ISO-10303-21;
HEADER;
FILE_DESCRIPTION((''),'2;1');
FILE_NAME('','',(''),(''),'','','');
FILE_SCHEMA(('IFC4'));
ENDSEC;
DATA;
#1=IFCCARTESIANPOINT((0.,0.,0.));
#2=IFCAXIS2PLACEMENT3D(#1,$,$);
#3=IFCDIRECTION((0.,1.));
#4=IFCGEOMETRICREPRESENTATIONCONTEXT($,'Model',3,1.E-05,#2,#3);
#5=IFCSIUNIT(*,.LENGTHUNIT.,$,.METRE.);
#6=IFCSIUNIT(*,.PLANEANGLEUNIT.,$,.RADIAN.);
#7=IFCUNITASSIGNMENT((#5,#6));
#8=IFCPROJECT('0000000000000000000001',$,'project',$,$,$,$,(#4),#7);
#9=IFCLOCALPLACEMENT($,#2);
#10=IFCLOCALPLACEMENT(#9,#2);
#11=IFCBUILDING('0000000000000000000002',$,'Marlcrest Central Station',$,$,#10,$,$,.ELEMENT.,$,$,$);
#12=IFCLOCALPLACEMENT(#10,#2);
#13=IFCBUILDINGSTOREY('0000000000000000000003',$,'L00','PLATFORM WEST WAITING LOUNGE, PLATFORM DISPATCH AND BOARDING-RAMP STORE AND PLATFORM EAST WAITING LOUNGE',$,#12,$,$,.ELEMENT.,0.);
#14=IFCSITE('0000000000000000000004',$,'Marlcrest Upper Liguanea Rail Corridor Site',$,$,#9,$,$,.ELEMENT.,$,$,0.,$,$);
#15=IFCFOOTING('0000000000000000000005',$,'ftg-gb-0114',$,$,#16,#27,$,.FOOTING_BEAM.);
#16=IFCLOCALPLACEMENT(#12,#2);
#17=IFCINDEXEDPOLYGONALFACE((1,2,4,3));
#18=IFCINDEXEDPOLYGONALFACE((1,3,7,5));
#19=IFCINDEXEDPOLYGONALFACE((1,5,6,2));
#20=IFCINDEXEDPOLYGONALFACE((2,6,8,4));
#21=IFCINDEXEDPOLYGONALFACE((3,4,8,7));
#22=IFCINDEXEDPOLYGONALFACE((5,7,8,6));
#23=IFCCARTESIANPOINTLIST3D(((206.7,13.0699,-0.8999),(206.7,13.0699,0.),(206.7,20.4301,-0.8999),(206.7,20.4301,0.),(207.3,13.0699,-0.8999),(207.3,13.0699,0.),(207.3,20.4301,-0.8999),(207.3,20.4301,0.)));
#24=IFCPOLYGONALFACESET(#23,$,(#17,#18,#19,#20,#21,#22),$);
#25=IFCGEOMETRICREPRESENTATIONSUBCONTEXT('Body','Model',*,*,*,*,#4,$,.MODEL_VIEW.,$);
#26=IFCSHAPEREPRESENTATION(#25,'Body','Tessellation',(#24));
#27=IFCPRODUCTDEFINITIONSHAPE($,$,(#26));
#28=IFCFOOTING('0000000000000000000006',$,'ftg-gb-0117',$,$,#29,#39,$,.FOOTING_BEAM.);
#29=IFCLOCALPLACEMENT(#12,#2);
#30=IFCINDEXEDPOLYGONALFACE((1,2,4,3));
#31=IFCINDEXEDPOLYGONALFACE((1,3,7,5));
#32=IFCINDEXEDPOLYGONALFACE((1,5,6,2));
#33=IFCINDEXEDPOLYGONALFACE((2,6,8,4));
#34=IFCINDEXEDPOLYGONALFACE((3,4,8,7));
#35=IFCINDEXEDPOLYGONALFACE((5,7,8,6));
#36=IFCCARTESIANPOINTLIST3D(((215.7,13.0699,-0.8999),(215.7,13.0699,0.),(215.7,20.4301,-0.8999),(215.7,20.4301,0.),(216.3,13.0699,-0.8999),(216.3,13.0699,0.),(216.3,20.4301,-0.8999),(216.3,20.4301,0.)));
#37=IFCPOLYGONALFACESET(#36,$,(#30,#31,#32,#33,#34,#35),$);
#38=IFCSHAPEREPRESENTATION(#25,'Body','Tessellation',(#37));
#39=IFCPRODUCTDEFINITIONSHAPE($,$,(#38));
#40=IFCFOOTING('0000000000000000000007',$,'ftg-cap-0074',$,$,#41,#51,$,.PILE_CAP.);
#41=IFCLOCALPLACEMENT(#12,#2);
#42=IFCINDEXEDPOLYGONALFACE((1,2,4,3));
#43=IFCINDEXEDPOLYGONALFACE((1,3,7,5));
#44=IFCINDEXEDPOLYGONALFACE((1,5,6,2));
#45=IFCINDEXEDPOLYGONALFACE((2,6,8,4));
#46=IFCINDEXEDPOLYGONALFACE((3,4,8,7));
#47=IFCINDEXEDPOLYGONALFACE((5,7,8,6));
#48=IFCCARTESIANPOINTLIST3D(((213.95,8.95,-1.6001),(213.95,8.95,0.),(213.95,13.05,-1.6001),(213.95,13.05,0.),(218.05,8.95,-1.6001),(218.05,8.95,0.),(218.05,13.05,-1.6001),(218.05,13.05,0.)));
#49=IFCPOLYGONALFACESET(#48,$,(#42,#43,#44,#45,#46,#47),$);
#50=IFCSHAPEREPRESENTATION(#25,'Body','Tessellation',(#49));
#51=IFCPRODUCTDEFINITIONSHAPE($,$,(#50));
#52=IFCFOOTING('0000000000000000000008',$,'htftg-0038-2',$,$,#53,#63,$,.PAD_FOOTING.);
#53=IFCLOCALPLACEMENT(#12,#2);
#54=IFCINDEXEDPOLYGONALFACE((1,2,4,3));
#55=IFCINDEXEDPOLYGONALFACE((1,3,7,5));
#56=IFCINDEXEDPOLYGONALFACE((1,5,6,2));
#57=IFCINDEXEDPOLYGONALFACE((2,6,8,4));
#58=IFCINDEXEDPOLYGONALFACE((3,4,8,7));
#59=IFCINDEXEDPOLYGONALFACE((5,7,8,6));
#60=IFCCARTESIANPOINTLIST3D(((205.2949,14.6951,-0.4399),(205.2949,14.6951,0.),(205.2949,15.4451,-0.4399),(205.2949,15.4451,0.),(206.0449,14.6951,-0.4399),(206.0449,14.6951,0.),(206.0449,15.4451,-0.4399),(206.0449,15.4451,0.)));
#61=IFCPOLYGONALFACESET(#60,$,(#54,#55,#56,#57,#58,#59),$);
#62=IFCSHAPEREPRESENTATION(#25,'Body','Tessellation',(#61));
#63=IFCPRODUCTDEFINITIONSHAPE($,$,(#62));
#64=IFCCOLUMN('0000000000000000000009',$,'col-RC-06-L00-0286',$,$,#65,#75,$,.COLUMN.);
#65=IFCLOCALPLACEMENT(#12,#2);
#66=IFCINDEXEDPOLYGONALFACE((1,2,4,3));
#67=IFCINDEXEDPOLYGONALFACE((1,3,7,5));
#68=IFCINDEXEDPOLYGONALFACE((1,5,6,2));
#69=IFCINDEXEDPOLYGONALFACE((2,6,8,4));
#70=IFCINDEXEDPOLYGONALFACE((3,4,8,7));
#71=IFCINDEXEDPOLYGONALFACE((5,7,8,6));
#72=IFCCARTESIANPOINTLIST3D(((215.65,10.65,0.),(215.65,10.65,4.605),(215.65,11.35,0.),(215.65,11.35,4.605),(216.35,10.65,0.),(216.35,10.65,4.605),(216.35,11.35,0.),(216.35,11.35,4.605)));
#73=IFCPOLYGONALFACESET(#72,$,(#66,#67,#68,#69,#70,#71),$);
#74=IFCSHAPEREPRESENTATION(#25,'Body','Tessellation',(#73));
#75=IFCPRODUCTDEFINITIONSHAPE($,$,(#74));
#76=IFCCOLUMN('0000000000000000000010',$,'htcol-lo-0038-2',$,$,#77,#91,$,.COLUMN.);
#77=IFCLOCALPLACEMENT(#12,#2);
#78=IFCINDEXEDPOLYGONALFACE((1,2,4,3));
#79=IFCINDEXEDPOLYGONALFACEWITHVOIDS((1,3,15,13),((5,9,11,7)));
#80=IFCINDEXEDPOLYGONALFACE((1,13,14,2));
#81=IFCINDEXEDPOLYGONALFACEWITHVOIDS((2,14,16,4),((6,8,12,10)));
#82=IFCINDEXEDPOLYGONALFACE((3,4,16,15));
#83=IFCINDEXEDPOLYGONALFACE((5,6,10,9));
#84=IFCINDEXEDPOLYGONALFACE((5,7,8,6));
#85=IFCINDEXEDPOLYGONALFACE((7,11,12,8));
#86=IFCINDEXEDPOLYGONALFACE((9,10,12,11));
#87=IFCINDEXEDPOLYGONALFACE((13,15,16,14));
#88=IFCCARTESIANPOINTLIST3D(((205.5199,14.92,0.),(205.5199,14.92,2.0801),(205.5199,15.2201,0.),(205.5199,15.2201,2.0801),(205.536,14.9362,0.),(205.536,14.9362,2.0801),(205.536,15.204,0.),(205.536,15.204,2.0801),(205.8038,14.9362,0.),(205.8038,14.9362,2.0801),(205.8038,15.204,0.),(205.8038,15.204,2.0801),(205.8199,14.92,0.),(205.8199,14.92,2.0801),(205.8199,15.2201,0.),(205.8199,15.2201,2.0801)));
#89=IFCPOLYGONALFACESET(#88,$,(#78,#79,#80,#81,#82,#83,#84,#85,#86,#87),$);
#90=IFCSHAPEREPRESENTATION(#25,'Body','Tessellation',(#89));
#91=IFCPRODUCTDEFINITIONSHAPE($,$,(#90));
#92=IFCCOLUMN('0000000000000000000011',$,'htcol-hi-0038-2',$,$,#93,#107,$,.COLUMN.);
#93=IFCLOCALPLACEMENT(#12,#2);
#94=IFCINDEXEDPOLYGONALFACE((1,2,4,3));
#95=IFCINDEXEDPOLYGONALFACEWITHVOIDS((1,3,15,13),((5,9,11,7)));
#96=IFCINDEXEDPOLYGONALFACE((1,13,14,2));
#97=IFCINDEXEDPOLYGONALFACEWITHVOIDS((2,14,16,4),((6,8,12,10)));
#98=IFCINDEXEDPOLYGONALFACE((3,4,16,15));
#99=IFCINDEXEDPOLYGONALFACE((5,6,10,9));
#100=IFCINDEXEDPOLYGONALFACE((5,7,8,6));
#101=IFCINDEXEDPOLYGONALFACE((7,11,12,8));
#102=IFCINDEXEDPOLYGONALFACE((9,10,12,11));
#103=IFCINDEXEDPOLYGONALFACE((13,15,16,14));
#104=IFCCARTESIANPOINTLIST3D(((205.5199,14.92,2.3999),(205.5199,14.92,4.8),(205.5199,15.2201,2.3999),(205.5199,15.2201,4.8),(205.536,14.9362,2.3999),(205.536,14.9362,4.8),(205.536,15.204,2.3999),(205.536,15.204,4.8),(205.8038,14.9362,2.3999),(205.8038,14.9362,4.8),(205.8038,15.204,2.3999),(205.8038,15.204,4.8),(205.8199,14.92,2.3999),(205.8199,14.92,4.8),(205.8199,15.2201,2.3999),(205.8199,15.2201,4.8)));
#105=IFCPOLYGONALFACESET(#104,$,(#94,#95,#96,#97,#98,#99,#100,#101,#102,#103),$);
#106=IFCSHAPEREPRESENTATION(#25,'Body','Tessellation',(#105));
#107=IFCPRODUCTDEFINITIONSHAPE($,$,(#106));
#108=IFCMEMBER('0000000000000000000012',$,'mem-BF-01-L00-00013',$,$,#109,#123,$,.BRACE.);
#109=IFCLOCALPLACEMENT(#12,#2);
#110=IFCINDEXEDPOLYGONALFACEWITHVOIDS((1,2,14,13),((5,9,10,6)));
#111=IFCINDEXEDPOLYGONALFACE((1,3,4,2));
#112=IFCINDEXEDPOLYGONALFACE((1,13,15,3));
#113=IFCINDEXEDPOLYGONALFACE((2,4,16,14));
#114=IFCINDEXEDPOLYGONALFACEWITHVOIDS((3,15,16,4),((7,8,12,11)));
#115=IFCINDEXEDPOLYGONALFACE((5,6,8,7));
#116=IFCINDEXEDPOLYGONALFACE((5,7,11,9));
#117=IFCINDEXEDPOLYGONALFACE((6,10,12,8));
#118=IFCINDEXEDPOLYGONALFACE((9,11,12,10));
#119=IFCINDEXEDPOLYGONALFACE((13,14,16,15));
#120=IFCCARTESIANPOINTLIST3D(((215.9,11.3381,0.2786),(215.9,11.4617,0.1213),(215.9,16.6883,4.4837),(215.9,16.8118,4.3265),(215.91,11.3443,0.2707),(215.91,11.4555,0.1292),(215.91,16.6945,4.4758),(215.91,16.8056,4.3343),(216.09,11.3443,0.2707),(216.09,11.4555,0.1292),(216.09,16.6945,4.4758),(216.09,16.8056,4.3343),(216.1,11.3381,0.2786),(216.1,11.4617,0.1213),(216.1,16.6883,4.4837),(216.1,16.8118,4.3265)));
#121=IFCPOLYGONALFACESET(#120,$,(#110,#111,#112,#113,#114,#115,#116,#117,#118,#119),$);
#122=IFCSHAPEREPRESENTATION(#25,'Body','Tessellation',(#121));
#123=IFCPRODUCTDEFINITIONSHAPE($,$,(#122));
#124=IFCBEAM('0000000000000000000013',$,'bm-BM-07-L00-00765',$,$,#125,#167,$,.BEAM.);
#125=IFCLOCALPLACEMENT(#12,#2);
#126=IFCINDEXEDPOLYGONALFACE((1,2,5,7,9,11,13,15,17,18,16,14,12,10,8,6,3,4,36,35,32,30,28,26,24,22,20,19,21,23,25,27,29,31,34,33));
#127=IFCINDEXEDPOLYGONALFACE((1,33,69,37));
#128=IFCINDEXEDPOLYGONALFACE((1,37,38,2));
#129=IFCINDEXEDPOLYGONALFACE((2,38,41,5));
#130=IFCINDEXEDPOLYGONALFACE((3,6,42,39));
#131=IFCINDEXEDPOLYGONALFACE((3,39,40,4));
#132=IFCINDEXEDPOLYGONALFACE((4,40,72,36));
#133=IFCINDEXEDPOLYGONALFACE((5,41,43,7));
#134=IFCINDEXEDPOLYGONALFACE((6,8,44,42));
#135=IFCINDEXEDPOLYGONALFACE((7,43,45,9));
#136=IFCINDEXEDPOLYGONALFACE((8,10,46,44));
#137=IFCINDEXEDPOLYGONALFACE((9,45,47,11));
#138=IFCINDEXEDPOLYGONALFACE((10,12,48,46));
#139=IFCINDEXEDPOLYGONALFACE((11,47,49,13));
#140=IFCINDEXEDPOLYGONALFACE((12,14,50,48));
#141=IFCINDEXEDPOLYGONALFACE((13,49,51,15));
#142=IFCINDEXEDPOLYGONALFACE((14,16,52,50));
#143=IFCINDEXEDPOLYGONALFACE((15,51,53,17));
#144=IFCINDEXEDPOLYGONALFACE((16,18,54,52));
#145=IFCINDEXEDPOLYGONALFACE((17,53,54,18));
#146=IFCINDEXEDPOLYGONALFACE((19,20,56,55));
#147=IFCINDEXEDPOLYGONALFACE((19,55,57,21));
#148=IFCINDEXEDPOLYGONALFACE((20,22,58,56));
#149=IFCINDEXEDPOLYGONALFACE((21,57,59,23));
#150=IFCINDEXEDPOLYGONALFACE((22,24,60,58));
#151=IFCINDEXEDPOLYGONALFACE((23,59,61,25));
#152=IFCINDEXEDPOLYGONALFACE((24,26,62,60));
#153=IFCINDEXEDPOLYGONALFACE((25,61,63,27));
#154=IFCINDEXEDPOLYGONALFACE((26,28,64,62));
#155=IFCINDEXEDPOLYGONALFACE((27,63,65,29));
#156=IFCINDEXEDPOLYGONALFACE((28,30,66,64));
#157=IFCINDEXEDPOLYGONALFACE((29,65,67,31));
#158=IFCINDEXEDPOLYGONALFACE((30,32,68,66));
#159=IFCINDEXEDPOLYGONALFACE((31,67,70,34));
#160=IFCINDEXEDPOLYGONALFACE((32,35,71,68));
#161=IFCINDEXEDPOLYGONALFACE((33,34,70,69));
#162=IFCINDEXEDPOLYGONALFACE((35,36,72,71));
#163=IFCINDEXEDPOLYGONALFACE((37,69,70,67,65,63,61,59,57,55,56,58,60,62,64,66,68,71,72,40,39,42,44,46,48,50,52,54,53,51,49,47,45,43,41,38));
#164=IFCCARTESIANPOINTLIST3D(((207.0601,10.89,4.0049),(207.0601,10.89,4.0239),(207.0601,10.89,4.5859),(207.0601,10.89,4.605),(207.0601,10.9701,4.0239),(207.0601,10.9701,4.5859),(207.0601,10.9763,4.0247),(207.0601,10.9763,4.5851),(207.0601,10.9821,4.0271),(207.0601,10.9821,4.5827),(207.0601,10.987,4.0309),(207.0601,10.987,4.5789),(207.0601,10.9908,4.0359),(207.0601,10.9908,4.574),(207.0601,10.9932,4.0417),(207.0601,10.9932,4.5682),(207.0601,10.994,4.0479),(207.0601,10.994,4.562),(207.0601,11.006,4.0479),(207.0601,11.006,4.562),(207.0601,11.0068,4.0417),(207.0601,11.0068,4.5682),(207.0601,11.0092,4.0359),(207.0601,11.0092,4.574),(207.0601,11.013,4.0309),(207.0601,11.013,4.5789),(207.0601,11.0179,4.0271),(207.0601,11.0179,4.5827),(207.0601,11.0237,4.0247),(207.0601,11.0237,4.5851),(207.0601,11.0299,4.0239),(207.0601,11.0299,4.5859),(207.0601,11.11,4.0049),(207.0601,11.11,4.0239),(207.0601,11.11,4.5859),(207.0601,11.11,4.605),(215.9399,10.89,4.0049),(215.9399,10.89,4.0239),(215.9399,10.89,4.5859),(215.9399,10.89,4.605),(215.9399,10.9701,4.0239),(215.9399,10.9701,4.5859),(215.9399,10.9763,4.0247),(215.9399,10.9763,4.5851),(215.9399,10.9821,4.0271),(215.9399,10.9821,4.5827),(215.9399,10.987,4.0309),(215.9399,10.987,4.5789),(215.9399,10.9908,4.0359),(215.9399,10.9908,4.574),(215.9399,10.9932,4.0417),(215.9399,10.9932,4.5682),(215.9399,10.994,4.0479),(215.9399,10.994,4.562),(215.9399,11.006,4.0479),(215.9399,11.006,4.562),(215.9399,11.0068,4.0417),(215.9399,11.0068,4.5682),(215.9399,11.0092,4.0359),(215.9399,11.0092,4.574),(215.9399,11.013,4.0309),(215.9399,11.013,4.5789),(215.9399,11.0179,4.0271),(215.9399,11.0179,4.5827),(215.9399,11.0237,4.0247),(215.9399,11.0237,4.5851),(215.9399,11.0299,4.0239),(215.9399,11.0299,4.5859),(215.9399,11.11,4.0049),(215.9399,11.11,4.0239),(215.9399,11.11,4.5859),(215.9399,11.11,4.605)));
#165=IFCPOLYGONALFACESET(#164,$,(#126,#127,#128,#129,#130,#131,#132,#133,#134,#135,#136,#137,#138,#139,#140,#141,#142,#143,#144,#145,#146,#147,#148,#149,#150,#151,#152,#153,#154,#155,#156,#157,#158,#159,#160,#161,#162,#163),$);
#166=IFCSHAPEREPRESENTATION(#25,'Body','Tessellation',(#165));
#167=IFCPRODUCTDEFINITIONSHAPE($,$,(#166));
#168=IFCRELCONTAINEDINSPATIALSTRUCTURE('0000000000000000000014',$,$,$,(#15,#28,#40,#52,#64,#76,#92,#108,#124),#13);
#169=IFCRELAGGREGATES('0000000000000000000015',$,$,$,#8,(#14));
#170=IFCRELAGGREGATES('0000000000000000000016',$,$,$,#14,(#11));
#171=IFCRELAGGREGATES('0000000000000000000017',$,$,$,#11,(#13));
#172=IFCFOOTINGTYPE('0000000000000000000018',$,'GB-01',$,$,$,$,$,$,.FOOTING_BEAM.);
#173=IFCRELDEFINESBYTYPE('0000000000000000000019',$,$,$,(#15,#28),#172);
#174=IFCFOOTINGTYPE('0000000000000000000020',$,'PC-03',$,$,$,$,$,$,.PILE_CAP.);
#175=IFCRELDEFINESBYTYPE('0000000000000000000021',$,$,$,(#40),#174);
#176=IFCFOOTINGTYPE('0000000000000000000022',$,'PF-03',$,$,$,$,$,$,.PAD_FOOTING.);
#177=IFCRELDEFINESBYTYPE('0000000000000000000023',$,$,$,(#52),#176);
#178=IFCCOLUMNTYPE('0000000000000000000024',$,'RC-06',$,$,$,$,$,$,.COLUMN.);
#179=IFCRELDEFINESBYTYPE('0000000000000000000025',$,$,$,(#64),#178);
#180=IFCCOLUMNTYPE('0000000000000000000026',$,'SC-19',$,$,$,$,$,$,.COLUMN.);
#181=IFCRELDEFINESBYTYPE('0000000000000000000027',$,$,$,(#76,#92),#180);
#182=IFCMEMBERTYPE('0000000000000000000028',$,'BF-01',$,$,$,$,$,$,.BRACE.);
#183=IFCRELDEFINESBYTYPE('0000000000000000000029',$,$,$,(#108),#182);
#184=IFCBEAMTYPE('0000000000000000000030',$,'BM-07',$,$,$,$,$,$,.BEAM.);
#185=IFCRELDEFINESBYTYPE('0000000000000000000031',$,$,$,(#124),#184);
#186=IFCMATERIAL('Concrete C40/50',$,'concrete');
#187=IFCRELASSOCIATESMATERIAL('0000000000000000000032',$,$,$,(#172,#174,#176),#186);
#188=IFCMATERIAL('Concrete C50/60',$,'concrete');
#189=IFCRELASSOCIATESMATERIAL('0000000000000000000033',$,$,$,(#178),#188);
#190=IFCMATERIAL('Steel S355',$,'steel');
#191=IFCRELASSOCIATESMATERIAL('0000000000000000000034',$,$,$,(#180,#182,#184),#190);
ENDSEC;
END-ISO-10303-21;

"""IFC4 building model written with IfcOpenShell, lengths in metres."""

from ifc_helpers import new_model, si_unit, direction, frame, origin, origin_2d, place, context, subcontext, project, spatial, rectangle, hollow_rectangle, i_section, extrude, material, material_profile, profile_set, type_object, element, save


model = new_model("IFC4")

# Units and contexts
model_context = context("Model", 3, precision=1e-05, world=origin(), true_north=direction((0.0, 1.0)))
body_context = subcontext(model_context, "Body", "Model", "MODEL_VIEW")
ifc_project = project(units=[si_unit("LENGTHUNIT", "METRE"), si_unit("PLANEANGLEUNIT", "RADIAN")], contexts=[model_context])

# Site, building, storey
site_placement = place(None, origin())
site = spatial("IfcSite", under=ifc_project, at=site_placement, Name="Marlcrest Upper Liguanea Rail Corridor Site", CompositionType="ELEMENT", RefElevation=0.0)
building_placement = place(site_placement, origin())
building = spatial("IfcBuilding", under=site, at=building_placement, Name="Marlcrest Central Station", CompositionType="ELEMENT")
storey_placement = place(building_placement, origin())
storey = spatial("IfcBuildingStorey", under=building, at=storey_placement, Name="L00", Description="PLATFORM WEST WAITING LOUNGE, PLATFORM DISPATCH AND BOARDING-RAMP STORE AND PLATFORM EAST WAITING LOUNGE", CompositionType="ELEMENT", Elevation=0.0)

# Footings
ifc_material_1 = material(Name="Concrete C40/50", Category="concrete")
footing_type_1 = type_object("IfcFootingType", Name="GB-01", PredefinedType="FOOTING_BEAM", material=ifc_material_1)
for number, where, z_axis, x_axis, name in (
    (1, (207.0, 16.75, -0.8999), (0.0, 0.0, 1.0), (1.0, 0.0, 0.0), "ftg-gb-0114"),
    (2, (216.0, 16.75, -0.8999), (0.0, 0.0, 1.0), (1.0, 0.0, 0.0), "ftg-gb-0117"),
):
    element("IfcFooting", number, at=place(storey_placement, frame(where, z_axis=z_axis, x_axis=x_axis)), inside=storey, type_object=footing_type_1, Name=name, PredefinedType="FOOTING_BEAM", context=body_context, shape_type="SweptSolid", body=[
        extrude(rectangle(XDim=0.6001, YDim=7.3601, at=origin_2d()), origin(), (0.0, 0.0, 1.0), 0.8999),
    ])
footing_type_2 = type_object("IfcFootingType", Name="PC-03", PredefinedType="PILE_CAP", material=ifc_material_1)
footing_1_placement = place(storey_placement, frame((216.0, 11.0, -1.6001), z_axis=(0.0, 0.0, 1.0), x_axis=(1.0, 0.0, 0.0)))
element("IfcFooting", 3, at=footing_1_placement, inside=storey, type_object=footing_type_2, Name="ftg-cap-0074", PredefinedType="PILE_CAP", context=body_context, shape_type="SweptSolid", body=[
    extrude(rectangle(XDim=4.1001, YDim=4.1001, at=origin_2d()), origin(), (0.0, 0.0, 1.0), 1.6001),
])
footing_type_3 = type_object("IfcFootingType", Name="PF-03", PredefinedType="PAD_FOOTING", material=ifc_material_1)
footing_2_placement = place(storey_placement, frame((205.6699, 15.0701, -0.4399), z_axis=(0.0, 0.0, 1.0), x_axis=(1.0, 0.0, 0.0)))
element("IfcFooting", 4, at=footing_2_placement, inside=storey, type_object=footing_type_3, Name="htftg-0038-2", PredefinedType="PAD_FOOTING", context=body_context, shape_type="SweptSolid", body=[
    extrude(rectangle(XDim=0.75, YDim=0.75, at=origin_2d()), origin(), (0.0, 0.0, 1.0), 0.4399),
])

# Columns
ifc_material_2 = material(Name="Concrete C50/60", Category="concrete")
ifc_material_profile_1 = material_profile(ifc_material_2, rectangle(XDim=0.7, YDim=0.7, at=origin_2d()), Name="RC 700x700")
ifc_profile_set_1 = profile_set([ifc_material_profile_1], Name="Concrete C50/60")
column_type_1 = type_object("IfcColumnType", Name="RC-06", PredefinedType="COLUMN", material=ifc_profile_set_1)
column_1_placement = place(storey_placement, frame((216.0, 11.0, 0.0), z_axis=(0.0, 0.0, 1.0), x_axis=(1.0, 0.0, 0.0)))
element("IfcColumn", 5, at=column_1_placement, inside=storey, type_object=column_type_1, Name="col-RC-06-L00-0286", PredefinedType="COLUMN", context=body_context, shape_type="SweptSolid", body=[
    extrude(rectangle(XDim=0.7, YDim=0.7, at=origin_2d()), origin(), (0.0, 0.0, 1.0), 4.605),
])
ifc_material_3 = material(Name="Steel S355", Category="steel")
ifc_material_profile_2 = material_profile(ifc_material_3, hollow_rectangle(XDim=0.3, YDim=0.3, WallThickness=0.0161, at=origin_2d()), Name="SHS 300x300x16")
ifc_profile_set_2 = profile_set([ifc_material_profile_2], Name="Steel S355")
column_type_2 = type_object("IfcColumnType", Name="SC-19", PredefinedType="COLUMN", material=ifc_profile_set_2)
column_2_placement = place(storey_placement, frame((205.6699, 15.0701, 0.0), z_axis=(0.0, 0.0, 1.0), x_axis=(1.0, 0.0, 0.0)))
element("IfcColumn", 6, at=column_2_placement, inside=storey, type_object=column_type_2, Name="htcol-lo-0038-2", PredefinedType="COLUMN", context=body_context, shape_type="SweptSolid", body=[
    extrude(hollow_rectangle(XDim=0.3, YDim=0.3, WallThickness=0.0161, at=origin_2d()), origin(), (0.0, 0.0, 1.0), 2.0801),
])
column_3_placement = place(storey_placement, frame((205.6699, 15.0701, 2.3999), z_axis=(0.0, 0.0, 1.0), x_axis=(1.0, 0.0, 0.0)))
element("IfcColumn", 7, at=column_3_placement, inside=storey, type_object=column_type_2, Name="htcol-hi-0038-2", PredefinedType="COLUMN", context=body_context, shape_type="SweptSolid", body=[
    extrude(hollow_rectangle(XDim=0.3, YDim=0.3, WallThickness=0.0161, at=origin_2d()), origin(), (0.0, 0.0, 1.0), 2.4001),
])

# Member
ifc_material_profile_3 = material_profile(ifc_material_3, hollow_rectangle(XDim=0.2, YDim=0.2, WallThickness=0.01, at=origin_2d()), Name="SHS 200x200x10")
ifc_profile_set_3 = profile_set([ifc_material_profile_3], Name="Steel S355")
member_type = type_object("IfcMemberType", Name="BF-01", PredefinedType="BRACE", material=ifc_profile_set_3)
member_placement = place(storey_placement, frame((216.0, 11.3999, 0.2), z_axis=(0.0, 0.786216, 0.617951), x_axis=(-1.0, 0.0, 0.0)))
element("IfcMember", 8, at=member_placement, inside=storey, type_object=member_type, Name="mem-BF-01-L00-00013", PredefinedType="BRACE", context=body_context, shape_type="SweptSolid", body=[
    extrude(hollow_rectangle(XDim=0.2, YDim=0.2, WallThickness=0.01, at=origin_2d()), origin(), (0.0, 0.0, 1.0), 6.8049),
])

# Beam
ifc_material_profile_4 = material_profile(ifc_material_3, i_section(OverallWidth=0.22, OverallDepth=0.6001, WebThickness=0.012, FlangeThickness=0.019, FilletRadius=0.0239, at=origin_2d()), Name="IPE 600")
ifc_profile_set_4 = profile_set([ifc_material_profile_4], Name="Steel S355")
beam_type_1 = type_object("IfcBeamType", Name="BM-07", PredefinedType="BEAM", material=ifc_profile_set_4)
beam_1_placement = place(storey_placement, frame((207.0601, 11.0, 4.3049), z_axis=(1.0, 0.0, 0.0), x_axis=(0.0, 1.0, 0.0)))
element("IfcBeam", 9, at=beam_1_placement, inside=storey, type_object=beam_type_1, Name="bm-BM-07-L00-00765", PredefinedType="BEAM", context=body_context, shape_type="SweptSolid", body=[
    extrude(i_section(OverallWidth=0.22, OverallDepth=0.6001, WebThickness=0.012, FlangeThickness=0.019, FilletRadius=0.0239, at=origin_2d()), origin(), (0.0, 0.0, 1.0), 8.8799),
])

save(model, "model.ifc")
